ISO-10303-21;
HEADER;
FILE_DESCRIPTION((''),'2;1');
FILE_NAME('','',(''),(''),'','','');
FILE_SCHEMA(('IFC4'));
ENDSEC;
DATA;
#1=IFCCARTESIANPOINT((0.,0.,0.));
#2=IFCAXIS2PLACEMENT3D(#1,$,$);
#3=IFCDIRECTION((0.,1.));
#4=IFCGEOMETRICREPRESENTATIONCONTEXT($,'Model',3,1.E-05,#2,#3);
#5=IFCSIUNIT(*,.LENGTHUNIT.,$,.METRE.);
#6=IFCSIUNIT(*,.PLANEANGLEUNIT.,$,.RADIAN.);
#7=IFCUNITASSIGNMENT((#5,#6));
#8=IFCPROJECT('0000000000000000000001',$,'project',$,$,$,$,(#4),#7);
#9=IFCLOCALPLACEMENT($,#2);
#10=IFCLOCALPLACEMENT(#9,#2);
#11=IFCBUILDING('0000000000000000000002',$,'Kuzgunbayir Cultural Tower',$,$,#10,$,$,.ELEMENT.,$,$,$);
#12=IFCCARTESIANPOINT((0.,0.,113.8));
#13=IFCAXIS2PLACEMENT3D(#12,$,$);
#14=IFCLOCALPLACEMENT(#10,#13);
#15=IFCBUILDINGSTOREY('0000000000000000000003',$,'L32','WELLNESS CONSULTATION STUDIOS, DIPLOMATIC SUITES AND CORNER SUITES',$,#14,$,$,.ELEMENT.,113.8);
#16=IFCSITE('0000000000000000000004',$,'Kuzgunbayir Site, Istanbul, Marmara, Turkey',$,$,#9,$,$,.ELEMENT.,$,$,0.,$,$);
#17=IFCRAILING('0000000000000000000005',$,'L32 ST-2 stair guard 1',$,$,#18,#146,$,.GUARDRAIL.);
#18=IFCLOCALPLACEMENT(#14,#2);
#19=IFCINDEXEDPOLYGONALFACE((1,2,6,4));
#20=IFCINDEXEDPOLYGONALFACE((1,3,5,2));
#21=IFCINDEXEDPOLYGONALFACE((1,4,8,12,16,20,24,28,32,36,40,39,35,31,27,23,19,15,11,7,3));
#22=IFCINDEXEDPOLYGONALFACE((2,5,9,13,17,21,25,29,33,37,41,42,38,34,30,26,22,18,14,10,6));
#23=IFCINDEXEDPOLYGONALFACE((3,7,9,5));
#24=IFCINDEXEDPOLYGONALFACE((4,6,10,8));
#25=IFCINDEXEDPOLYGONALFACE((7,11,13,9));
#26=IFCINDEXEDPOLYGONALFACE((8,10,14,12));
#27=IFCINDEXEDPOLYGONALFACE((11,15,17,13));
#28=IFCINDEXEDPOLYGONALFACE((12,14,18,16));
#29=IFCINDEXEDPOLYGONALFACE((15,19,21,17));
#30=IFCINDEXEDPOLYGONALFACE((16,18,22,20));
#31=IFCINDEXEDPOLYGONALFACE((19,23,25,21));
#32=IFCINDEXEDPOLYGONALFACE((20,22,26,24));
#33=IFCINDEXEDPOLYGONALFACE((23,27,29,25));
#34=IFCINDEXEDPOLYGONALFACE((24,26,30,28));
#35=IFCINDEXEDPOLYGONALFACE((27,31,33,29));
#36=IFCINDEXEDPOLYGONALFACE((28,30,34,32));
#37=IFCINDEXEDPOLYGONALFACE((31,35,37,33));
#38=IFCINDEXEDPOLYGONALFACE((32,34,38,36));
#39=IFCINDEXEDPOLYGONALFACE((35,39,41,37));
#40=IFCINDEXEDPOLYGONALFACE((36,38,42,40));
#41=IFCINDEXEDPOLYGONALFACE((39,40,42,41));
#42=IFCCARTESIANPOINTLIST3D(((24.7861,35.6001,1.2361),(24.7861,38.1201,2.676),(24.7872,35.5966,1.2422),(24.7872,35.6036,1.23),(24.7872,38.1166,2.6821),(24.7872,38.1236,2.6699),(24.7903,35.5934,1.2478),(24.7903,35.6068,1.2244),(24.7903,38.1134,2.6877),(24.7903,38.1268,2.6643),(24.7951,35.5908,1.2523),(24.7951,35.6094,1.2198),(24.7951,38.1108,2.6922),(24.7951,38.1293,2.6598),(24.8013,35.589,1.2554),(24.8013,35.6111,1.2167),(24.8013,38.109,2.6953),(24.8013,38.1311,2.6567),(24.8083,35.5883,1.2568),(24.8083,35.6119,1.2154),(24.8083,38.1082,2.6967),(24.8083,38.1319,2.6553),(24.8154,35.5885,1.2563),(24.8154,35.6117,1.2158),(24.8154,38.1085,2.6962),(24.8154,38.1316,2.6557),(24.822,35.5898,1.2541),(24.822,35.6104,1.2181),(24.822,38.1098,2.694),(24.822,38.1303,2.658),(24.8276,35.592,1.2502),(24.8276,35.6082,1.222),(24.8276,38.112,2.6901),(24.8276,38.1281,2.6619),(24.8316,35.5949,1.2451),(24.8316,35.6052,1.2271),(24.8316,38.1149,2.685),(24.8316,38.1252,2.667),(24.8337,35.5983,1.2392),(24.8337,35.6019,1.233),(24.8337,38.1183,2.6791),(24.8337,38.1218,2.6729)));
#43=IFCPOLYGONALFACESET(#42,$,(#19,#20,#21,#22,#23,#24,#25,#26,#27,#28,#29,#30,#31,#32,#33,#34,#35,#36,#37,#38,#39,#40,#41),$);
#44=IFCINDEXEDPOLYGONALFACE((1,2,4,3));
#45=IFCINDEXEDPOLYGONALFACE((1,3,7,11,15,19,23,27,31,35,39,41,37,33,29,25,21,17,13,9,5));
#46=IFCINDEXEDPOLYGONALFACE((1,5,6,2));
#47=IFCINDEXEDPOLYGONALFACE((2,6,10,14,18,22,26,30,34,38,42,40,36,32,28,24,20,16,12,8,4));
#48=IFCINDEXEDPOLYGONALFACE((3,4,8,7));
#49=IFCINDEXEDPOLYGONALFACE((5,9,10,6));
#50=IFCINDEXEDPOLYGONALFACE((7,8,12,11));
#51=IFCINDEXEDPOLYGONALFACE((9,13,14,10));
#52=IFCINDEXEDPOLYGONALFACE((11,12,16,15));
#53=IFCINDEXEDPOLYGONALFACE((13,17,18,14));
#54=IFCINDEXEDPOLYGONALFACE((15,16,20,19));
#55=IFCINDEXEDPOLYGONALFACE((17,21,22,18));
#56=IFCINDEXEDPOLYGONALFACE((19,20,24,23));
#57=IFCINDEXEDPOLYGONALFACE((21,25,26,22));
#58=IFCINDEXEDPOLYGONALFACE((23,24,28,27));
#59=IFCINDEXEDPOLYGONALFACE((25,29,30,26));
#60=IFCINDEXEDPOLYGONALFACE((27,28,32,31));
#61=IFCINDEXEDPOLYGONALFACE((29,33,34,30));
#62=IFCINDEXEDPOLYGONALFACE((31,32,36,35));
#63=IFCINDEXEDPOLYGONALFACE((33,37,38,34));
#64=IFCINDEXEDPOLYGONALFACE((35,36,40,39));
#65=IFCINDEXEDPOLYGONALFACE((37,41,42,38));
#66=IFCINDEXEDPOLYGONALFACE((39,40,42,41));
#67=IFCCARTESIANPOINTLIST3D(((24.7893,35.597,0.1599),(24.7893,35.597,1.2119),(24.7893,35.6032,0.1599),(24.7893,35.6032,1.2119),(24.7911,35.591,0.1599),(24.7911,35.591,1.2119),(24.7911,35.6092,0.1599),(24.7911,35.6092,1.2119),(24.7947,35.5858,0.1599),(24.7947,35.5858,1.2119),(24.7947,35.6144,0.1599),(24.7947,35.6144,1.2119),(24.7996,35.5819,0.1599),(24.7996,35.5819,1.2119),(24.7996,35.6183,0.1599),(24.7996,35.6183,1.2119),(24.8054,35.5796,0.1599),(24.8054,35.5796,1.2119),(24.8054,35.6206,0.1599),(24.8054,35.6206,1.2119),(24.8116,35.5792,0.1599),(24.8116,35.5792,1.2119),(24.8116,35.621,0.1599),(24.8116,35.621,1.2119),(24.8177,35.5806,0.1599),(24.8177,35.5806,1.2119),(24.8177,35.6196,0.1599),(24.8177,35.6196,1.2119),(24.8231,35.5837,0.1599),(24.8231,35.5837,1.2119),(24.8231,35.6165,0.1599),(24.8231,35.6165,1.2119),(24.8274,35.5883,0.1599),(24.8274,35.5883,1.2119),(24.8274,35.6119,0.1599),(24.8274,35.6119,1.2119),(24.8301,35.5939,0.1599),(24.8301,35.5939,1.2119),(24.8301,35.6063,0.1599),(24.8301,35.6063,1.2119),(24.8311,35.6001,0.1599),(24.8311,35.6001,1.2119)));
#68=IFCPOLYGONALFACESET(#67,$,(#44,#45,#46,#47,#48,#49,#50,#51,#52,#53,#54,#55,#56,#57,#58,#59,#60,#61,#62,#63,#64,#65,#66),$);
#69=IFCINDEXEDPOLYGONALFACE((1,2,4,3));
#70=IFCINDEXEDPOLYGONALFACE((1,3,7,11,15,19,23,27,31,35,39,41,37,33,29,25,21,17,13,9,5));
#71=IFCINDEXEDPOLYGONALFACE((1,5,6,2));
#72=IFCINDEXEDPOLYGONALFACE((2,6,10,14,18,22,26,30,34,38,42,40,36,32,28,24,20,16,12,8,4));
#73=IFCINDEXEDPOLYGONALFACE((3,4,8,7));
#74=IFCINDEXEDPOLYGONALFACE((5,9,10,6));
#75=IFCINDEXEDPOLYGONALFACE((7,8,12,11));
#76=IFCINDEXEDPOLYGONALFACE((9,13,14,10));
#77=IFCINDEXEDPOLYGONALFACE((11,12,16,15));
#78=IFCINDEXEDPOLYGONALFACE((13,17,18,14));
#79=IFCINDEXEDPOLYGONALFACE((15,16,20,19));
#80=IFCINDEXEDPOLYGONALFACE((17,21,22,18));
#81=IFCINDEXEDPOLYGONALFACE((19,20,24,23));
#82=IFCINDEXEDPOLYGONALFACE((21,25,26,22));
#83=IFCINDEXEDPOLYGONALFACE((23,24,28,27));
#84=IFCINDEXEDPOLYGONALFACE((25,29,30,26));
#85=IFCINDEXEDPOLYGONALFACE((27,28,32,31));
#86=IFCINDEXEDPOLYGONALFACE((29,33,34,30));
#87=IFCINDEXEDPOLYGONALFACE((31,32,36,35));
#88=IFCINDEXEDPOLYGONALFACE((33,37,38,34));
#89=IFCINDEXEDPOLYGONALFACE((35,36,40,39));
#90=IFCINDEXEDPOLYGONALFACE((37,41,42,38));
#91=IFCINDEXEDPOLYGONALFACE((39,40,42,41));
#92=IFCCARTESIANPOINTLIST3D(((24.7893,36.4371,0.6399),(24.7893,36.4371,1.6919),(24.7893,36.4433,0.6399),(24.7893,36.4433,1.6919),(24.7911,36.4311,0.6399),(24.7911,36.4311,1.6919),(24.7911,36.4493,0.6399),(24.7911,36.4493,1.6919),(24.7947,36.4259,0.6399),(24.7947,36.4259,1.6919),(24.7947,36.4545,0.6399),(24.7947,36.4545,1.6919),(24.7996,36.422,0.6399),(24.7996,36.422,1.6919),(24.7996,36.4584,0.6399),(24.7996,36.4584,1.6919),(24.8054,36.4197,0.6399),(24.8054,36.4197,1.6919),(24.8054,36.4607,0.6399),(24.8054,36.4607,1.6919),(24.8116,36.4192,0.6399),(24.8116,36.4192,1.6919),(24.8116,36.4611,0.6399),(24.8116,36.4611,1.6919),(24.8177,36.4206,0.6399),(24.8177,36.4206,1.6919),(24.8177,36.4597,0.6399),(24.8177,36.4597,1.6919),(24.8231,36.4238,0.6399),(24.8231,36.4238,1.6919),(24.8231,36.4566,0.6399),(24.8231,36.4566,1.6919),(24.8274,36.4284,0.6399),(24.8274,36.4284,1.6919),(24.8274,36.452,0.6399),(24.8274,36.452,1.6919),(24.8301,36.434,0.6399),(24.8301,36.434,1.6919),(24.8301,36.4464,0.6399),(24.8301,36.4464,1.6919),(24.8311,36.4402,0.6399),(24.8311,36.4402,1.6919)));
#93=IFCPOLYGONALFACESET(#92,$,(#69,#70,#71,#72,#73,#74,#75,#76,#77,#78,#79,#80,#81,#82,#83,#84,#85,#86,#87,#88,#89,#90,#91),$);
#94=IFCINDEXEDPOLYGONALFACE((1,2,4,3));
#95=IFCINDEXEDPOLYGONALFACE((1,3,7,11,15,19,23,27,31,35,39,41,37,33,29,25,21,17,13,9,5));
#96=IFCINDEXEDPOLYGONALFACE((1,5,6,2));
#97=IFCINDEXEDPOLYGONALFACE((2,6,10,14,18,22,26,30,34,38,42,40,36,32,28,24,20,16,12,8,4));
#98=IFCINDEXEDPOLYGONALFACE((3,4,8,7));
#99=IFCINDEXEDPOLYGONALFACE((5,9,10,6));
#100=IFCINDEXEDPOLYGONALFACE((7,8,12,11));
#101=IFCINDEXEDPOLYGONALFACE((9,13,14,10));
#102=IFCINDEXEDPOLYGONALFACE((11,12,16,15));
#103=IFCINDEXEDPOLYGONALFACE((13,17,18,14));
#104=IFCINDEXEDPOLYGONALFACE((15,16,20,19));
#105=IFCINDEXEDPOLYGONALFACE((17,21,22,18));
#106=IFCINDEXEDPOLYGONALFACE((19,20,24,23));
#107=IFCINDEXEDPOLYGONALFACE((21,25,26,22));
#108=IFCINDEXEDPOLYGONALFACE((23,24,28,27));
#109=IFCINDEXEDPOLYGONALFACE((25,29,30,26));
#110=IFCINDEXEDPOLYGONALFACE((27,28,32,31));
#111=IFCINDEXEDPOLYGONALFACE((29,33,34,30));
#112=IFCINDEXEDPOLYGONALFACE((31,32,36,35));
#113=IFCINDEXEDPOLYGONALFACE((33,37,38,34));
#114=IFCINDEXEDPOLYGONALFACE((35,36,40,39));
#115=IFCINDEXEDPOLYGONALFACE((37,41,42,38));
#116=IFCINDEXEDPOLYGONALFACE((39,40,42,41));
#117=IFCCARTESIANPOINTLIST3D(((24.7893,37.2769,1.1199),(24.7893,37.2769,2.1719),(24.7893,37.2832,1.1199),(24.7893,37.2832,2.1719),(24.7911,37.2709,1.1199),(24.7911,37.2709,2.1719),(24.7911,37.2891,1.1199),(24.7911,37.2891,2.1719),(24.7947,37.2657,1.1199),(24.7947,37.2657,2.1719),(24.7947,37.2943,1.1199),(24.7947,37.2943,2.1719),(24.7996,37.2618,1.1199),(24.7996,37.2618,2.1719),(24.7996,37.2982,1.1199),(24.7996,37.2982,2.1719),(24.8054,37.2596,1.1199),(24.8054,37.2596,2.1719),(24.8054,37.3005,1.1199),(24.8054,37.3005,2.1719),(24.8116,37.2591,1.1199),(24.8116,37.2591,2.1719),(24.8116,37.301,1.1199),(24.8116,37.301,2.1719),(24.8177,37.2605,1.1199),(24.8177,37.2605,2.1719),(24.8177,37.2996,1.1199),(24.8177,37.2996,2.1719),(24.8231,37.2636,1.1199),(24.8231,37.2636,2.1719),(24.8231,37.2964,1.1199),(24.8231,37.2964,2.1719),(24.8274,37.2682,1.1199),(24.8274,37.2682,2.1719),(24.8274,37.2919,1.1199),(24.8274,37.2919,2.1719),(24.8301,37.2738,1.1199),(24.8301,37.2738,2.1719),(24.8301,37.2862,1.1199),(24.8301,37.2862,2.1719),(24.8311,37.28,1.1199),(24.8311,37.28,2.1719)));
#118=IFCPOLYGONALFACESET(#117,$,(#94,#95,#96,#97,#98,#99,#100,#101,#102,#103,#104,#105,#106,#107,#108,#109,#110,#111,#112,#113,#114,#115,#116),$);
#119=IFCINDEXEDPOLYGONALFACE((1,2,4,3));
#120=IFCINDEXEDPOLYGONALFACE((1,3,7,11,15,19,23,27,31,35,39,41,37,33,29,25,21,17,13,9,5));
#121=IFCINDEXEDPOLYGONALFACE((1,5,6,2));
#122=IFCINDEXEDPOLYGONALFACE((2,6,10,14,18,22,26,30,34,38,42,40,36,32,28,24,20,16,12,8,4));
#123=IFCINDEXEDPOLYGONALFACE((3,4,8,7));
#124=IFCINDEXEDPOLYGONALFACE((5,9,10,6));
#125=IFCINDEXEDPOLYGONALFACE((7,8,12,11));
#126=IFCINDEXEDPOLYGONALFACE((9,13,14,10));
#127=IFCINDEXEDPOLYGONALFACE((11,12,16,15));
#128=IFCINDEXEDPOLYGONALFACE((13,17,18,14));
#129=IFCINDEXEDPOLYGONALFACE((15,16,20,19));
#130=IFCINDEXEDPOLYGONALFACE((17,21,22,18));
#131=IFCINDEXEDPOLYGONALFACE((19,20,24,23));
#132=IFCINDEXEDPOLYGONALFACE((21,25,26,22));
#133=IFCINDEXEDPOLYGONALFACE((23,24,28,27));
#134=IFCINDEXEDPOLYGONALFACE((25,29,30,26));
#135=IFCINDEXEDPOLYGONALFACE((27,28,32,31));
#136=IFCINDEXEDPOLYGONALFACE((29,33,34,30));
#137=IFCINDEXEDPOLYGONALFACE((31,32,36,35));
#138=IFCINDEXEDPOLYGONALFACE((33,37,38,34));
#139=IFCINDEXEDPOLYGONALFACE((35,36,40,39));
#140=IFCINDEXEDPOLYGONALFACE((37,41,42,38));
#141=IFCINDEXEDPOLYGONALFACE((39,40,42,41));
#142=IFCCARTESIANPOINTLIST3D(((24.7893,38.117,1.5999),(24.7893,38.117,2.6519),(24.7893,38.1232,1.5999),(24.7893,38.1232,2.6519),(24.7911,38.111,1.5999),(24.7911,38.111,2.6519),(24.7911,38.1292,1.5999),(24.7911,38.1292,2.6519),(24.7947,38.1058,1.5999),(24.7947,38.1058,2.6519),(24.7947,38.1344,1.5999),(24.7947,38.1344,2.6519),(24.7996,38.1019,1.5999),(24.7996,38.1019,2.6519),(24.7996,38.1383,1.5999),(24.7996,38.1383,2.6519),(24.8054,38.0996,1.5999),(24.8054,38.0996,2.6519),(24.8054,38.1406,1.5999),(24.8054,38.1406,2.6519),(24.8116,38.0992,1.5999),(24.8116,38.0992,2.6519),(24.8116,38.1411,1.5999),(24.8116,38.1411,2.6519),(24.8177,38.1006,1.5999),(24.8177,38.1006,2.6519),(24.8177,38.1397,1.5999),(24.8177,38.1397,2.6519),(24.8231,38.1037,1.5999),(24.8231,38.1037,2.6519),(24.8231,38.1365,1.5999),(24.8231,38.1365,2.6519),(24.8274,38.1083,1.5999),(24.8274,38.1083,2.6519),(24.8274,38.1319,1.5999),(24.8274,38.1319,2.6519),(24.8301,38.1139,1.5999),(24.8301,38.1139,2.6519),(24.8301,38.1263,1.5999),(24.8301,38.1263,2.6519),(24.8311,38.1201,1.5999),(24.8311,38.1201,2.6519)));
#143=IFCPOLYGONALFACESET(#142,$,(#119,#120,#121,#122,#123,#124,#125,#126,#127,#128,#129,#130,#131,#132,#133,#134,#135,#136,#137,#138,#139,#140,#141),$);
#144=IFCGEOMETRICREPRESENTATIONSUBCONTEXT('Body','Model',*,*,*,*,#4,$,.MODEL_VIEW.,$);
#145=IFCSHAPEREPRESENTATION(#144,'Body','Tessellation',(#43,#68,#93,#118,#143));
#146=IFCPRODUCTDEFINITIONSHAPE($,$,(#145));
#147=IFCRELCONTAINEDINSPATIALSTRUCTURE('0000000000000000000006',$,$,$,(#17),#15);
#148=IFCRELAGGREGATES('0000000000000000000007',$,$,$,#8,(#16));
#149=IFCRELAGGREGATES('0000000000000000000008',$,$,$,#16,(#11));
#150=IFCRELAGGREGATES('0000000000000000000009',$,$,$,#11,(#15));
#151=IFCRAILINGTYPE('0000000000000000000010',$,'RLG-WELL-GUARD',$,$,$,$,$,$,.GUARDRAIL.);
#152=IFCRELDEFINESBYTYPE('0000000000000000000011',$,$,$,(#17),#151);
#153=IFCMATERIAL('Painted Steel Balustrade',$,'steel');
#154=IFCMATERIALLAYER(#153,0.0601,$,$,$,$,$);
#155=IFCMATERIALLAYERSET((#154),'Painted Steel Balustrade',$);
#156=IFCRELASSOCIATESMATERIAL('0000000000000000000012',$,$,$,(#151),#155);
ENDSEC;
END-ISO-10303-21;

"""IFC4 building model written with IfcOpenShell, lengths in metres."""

from ifc_helpers import new_model, si_unit, direction, frame, origin, origin_2d, place, context, subcontext, project, spatial, circle, extrude, material, layer, layer_set, type_object, element, save


model = new_model("IFC4")

# Units and contexts
model_context = context("Model", 3, precision=1e-05, world=origin(), true_north=direction((0.0, 1.0)))
body_context = subcontext(model_context, "Body", "Model", "MODEL_VIEW")
ifc_project = project(units=[si_unit("LENGTHUNIT", "METRE"), si_unit("PLANEANGLEUNIT", "RADIAN")], contexts=[model_context])

# Site, building, storey
site_placement = place(None, origin())
site = spatial("IfcSite", under=ifc_project, at=site_placement, Name="Kuzgunbayir Site, Istanbul, Marmara, Turkey", CompositionType="ELEMENT", RefElevation=0.0)
building_placement = place(site_placement, origin())
building = spatial("IfcBuilding", under=site, at=building_placement, Name="Kuzgunbayir Cultural Tower", CompositionType="ELEMENT")
storey_placement = place(building_placement, frame((0.0, 0.0, 113.8)))
storey = spatial("IfcBuildingStorey", under=building, at=storey_placement, Name="L32", Description="WELLNESS CONSULTATION STUDIOS, DIPLOMATIC SUITES AND CORNER SUITES", CompositionType="ELEMENT", Elevation=113.8)

# Railing
ifc_material_1 = material(Name="Painted Steel Balustrade", Category="steel")
ifc_layer_1 = layer(ifc_material_1, 0.0601)
ifc_layer_set_1 = layer_set([ifc_layer_1], Name="Painted Steel Balustrade")
railing_type_1 = type_object("IfcRailingType", Name="RLG-WELL-GUARD", PredefinedType="GUARDRAIL", material=ifc_layer_set_1)
railing_1_placement = place(storey_placement, frame((24.8101, 35.6001, 0.1599)))
element("IfcRailing", 1, at=railing_1_placement, inside=storey, type_object=railing_type_1, Name="L32 ST-2 stair guard 1", PredefinedType="GUARDRAIL", context=body_context, shape_type="SweptSolid", body=[
    extrude(circle(Radius=0.0239, at=origin_2d()), frame((0.0, 0.0, 1.0762), z_axis=(0.0, 0.868253, 0.496121), x_axis=(-1.0, 0.0, 0.0)), (0.0, 0.0, 1.0), 2.9023),
    extrude(circle(Radius=0.021, at=origin_2d()), origin(), (0.0, 0.0, 1.0), 1.052),
    extrude(circle(Radius=0.021, at=origin_2d()), frame((0.0, 0.8401, 0.48)), (0.0, 0.0, 1.0), 1.052),
    extrude(circle(Radius=0.021, at=origin_2d()), frame((0.0, 1.6799, 0.96)), (0.0, 0.0, 1.0), 1.052),
    extrude(circle(Radius=0.021, at=origin_2d()), frame((0.0, 2.52, 1.4399)), (0.0, 0.0, 1.0), 1.052),
])

save(model, "model.ifc")
